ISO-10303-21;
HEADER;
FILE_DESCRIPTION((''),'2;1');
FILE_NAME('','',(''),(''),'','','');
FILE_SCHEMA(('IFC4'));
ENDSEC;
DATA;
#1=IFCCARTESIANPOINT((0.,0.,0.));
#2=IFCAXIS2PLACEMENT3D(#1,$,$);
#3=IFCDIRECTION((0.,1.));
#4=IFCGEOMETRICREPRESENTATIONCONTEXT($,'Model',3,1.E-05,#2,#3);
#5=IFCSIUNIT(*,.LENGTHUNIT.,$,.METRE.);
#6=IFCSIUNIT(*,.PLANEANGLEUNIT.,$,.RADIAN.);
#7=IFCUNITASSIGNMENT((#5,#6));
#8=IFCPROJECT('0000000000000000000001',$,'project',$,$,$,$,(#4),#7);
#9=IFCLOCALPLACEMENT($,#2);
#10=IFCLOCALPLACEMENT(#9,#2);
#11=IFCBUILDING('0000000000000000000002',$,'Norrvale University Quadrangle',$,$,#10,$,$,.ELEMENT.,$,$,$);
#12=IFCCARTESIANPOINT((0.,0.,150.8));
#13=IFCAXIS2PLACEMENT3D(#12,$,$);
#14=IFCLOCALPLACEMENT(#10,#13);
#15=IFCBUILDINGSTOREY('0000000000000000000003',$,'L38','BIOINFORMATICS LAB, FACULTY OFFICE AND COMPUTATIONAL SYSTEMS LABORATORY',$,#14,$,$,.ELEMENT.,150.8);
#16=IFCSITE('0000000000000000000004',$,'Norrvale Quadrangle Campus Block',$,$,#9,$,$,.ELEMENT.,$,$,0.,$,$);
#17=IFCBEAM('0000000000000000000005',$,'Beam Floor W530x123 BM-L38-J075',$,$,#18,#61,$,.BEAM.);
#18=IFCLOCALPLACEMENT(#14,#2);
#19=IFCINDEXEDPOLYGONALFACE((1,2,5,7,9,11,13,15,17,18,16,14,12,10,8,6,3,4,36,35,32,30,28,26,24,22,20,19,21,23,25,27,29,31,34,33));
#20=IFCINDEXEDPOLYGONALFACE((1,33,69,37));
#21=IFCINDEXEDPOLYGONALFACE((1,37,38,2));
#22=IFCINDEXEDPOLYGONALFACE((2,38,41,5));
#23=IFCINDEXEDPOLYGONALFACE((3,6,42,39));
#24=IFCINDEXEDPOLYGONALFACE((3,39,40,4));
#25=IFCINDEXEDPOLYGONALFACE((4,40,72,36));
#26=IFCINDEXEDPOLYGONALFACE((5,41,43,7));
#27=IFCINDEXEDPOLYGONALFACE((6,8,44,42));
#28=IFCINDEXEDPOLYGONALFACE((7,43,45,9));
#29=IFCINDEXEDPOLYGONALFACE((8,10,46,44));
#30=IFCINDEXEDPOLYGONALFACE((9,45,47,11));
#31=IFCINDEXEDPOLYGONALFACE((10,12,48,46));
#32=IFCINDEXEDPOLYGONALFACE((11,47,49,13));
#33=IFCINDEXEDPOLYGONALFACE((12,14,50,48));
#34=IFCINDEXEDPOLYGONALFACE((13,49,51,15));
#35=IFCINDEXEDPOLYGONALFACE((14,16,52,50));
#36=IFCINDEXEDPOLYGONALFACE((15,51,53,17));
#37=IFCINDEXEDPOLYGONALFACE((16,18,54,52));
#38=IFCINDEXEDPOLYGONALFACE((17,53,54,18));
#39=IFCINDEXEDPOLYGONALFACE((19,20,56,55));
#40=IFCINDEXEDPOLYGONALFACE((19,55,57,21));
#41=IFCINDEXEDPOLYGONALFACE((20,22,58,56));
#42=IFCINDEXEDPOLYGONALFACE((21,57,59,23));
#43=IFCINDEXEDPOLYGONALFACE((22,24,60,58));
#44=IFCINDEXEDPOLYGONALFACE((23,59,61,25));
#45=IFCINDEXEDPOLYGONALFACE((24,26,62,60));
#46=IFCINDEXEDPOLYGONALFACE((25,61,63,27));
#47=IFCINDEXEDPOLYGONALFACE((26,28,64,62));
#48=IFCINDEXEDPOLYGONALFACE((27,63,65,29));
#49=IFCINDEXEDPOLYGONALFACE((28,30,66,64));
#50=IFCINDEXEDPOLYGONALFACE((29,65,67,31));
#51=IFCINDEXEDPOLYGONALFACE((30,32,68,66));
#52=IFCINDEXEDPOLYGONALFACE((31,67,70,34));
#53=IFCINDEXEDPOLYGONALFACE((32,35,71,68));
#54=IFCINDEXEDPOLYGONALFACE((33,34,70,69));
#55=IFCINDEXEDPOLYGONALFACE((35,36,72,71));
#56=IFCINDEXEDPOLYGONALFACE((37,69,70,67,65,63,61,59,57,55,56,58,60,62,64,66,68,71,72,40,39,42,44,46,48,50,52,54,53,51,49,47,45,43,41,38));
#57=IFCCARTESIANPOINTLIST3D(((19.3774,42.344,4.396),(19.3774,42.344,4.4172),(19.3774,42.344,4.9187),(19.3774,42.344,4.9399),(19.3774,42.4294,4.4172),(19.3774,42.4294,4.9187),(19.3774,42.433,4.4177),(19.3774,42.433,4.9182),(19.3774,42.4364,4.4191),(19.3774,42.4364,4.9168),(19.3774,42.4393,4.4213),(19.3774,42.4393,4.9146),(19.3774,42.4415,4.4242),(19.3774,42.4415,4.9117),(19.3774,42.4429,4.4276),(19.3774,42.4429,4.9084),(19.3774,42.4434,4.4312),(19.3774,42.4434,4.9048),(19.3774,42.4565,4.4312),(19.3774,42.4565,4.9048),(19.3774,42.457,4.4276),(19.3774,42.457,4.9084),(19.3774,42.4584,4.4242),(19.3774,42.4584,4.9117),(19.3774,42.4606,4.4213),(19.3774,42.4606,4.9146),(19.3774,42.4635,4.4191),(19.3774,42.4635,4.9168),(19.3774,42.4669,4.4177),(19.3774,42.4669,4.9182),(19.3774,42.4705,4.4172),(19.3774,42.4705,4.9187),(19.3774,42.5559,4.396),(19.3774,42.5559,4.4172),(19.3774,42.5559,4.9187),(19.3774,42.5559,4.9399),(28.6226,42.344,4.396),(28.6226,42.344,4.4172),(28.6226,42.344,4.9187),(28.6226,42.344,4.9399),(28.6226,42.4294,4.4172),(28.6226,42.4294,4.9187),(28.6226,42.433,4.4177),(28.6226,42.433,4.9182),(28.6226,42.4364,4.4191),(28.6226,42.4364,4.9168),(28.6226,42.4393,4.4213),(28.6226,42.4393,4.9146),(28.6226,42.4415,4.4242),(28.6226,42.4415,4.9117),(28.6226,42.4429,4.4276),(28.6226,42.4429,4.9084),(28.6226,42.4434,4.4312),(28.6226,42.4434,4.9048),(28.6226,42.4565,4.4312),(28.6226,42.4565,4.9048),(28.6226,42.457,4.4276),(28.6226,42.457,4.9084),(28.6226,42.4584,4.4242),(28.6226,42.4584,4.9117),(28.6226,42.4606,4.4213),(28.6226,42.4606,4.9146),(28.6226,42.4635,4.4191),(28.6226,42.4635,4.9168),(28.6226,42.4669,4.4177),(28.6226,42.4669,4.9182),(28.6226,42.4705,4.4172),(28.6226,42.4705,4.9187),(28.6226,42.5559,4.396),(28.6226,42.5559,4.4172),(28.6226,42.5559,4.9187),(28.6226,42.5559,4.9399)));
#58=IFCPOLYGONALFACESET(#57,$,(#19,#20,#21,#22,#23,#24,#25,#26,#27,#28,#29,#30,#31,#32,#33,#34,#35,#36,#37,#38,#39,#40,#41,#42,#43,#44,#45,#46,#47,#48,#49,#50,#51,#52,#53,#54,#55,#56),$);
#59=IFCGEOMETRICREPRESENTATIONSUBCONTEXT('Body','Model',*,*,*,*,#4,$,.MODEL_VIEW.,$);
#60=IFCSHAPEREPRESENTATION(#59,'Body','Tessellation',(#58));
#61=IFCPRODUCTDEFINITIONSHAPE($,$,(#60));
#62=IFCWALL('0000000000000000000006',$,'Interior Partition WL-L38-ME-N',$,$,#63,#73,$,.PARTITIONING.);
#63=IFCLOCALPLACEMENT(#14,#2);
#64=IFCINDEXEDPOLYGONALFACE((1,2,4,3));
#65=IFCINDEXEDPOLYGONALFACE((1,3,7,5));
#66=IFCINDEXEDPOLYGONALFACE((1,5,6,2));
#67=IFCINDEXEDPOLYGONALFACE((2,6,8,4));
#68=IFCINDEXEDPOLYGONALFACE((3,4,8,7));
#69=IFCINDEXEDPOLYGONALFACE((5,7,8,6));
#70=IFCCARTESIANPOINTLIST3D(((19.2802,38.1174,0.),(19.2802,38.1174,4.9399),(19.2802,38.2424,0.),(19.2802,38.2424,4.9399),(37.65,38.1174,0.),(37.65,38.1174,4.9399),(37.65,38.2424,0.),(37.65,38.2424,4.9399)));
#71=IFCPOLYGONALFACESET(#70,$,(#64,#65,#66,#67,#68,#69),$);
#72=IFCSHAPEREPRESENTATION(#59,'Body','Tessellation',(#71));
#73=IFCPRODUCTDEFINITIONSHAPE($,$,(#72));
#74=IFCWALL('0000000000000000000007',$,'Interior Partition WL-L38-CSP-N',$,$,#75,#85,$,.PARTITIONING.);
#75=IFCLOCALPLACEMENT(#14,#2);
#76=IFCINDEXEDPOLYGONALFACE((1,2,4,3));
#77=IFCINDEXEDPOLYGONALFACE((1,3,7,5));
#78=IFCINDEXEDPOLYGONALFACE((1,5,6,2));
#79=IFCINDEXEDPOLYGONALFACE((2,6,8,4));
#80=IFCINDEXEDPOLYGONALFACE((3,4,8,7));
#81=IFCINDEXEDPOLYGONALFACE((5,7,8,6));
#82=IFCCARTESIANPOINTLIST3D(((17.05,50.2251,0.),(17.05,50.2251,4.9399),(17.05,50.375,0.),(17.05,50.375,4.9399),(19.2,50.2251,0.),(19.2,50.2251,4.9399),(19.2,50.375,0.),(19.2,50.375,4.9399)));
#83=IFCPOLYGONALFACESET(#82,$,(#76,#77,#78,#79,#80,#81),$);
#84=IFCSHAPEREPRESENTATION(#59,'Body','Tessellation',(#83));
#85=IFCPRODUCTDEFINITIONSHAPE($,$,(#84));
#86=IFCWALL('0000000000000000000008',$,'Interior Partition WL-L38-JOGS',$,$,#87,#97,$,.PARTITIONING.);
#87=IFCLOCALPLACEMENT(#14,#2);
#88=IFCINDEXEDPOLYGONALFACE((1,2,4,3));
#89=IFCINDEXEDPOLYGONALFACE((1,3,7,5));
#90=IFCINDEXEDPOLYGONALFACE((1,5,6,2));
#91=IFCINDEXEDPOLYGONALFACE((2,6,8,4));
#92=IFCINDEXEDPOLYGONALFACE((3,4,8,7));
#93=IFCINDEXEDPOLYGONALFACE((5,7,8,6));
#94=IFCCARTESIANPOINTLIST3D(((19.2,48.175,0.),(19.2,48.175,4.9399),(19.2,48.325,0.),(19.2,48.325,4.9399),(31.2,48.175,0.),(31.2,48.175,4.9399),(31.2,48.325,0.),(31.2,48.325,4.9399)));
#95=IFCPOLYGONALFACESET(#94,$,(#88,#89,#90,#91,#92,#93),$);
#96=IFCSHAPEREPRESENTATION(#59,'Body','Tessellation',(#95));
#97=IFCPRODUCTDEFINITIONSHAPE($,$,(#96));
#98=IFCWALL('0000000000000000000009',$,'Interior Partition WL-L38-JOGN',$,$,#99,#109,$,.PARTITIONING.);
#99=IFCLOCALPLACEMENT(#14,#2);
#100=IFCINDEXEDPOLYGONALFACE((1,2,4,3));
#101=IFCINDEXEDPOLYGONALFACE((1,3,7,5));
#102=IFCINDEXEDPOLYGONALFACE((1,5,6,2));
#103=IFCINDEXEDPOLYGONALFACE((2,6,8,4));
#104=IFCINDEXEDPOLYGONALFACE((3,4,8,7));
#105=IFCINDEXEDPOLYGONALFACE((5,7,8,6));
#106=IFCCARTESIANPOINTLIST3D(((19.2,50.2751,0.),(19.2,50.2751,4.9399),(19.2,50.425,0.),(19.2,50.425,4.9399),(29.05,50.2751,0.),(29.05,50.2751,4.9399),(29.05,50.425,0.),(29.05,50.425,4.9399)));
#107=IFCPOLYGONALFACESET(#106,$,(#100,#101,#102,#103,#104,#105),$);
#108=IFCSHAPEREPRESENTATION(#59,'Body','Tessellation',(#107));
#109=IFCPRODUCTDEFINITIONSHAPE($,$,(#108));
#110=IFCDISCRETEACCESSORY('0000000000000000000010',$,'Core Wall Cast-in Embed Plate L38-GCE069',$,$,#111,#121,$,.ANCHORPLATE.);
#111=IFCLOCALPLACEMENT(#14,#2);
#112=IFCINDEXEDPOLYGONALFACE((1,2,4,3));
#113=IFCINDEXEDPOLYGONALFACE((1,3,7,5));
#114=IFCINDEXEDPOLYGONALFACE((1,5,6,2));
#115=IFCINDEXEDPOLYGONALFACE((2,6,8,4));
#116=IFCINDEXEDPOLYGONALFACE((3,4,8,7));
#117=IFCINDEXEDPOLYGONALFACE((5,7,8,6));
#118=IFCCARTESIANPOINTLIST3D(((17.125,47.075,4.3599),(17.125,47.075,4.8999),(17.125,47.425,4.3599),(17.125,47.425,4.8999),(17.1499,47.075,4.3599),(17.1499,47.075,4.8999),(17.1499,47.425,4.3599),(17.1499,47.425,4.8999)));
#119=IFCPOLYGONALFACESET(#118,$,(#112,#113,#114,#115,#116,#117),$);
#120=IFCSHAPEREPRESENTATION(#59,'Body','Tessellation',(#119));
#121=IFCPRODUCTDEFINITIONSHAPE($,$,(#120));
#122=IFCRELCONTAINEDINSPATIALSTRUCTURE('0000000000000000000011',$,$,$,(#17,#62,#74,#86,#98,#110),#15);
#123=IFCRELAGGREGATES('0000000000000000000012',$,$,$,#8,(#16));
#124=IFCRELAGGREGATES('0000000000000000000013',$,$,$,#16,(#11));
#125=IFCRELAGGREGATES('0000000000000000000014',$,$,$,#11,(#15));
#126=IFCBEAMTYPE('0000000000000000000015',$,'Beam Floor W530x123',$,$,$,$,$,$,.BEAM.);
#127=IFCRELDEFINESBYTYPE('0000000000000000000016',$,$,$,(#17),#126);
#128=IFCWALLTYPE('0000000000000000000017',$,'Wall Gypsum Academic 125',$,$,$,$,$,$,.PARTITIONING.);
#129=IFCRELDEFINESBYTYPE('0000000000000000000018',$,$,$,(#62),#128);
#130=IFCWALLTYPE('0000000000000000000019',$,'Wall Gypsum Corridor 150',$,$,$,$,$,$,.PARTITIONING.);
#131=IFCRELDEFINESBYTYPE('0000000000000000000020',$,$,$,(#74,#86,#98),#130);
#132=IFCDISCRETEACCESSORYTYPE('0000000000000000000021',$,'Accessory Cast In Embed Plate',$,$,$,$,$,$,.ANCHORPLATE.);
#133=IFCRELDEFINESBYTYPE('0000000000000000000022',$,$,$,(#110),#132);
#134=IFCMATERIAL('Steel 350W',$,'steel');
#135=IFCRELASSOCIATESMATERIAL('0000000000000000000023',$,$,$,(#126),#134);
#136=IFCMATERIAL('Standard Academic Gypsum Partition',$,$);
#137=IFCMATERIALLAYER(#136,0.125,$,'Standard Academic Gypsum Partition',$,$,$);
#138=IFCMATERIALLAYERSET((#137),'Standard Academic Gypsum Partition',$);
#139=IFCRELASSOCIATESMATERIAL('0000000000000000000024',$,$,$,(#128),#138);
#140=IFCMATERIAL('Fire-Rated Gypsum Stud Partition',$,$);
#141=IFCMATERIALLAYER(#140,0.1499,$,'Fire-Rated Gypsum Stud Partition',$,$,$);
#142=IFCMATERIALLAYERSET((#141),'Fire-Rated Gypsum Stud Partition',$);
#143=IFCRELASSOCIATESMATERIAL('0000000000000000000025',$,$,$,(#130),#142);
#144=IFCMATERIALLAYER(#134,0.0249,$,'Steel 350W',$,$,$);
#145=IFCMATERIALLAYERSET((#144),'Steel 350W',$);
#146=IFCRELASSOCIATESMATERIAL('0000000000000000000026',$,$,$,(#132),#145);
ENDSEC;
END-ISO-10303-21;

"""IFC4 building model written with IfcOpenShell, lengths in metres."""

from ifc_helpers import new_model, si_unit, direction, frame, frame_2d, origin, origin_2d, place, context, subcontext, project, spatial, rectangle, i_section, extrude, material, layer, layer_set, material_profile, profile_set, type_object, element, save


model = new_model("IFC4")

# Units and contexts
model_context = context("Model", 3, precision=1e-05, world=origin(), true_north=direction((0.0, 1.0)))
body_context = subcontext(model_context, "Body", "Model", "MODEL_VIEW")
ifc_project = project(units=[si_unit("LENGTHUNIT", "METRE"), si_unit("PLANEANGLEUNIT", "RADIAN")], contexts=[model_context])

# Site, building, storey
site_placement = place(None, origin())
site = spatial("IfcSite", under=ifc_project, at=site_placement, Name="Norrvale Quadrangle Campus Block", CompositionType="ELEMENT", RefElevation=0.0)
building_placement = place(site_placement, origin())
building = spatial("IfcBuilding", under=site, at=building_placement, Name="Norrvale University Quadrangle", CompositionType="ELEMENT")
storey_placement = place(building_placement, frame((0.0, 0.0, 150.8)))
storey = spatial("IfcBuildingStorey", under=building, at=storey_placement, Name="L38", Description="BIOINFORMATICS LAB, FACULTY OFFICE AND COMPUTATIONAL SYSTEMS LABORATORY", CompositionType="ELEMENT", Elevation=150.8)

# Beam
ifc_material_1 = material(Name="Steel 350W", Category="steel")
ifc_material_profile_1 = material_profile(ifc_material_1, i_section(OverallWidth=0.2119, OverallDepth=0.5439, WebThickness=0.0132, FlangeThickness=0.0212, FilletRadius=0.0139, at=origin_2d()), Name="Steel 350W")
ifc_profile_set_1 = profile_set([ifc_material_profile_1], Name="Steel 350W")
beam_type_1 = type_object("IfcBeamType", Name="Beam Floor W530x123", PredefinedType="BEAM", material=ifc_profile_set_1)
beam_1_placement = place(storey_placement, frame((19.3774, 42.45, 4.668), z_axis=(1.0, 0.0, 0.0), x_axis=(0.0, 1.0, 0.0)))
element("IfcBeam", 1, at=beam_1_placement, inside=storey, type_object=beam_type_1, Name="Beam Floor W530x123 BM-L38-J075", PredefinedType="BEAM", context=body_context, shape_type="SweptSolid", body=[
    extrude(i_section(OverallWidth=0.2119, OverallDepth=0.5439, WebThickness=0.0132, FlangeThickness=0.0212, FilletRadius=0.0139, at=origin_2d()), origin(), (0.0, 0.0, 1.0), 9.2451),
])

# Walls
ifc_material_2 = material(Name="Standard Academic Gypsum Partition")
ifc_layer_1 = layer(ifc_material_2, 0.125, Name="Standard Academic Gypsum Partition")
ifc_layer_set_1 = layer_set([ifc_layer_1], Name="Standard Academic Gypsum Partition")
wall_type_1 = type_object("IfcWallType", Name="Wall Gypsum Academic 125", PredefinedType="PARTITIONING", material=ifc_layer_set_1)
wall_1_placement = place(storey_placement, frame((19.28, 38.1799, 0.0), z_axis=(0.0, 0.0, 1.0), x_axis=(1.0, 0.0, 0.0)))
element("IfcWall", 2, at=wall_1_placement, inside=storey, type_object=wall_type_1, Name="Interior Partition WL-L38-ME-N", PredefinedType="PARTITIONING", context=body_context, shape_type="SweptSolid", body=[
    extrude(rectangle(XDim=18.3699, YDim=0.125, at=frame_2d((9.1851, 0.0))), origin(), (0.0, 0.0, 1.0), 4.9399),
])
ifc_material_3 = material(Name="Fire-Rated Gypsum Stud Partition")
ifc_layer_2 = layer(ifc_material_3, 0.1499, Name="Fire-Rated Gypsum Stud Partition")
ifc_layer_set_2 = layer_set([ifc_layer_2], Name="Fire-Rated Gypsum Stud Partition")
wall_type_2 = type_object("IfcWallType", Name="Wall Gypsum Corridor 150", PredefinedType="PARTITIONING", material=ifc_layer_set_2)
wall_2_placement = place(storey_placement, frame((17.05, 50.3, 0.0), z_axis=(0.0, 0.0, 1.0), x_axis=(1.0, 0.0, 0.0)))
element("IfcWall", 3, at=wall_2_placement, inside=storey, type_object=wall_type_2, Name="Interior Partition WL-L38-CSP-N", PredefinedType="PARTITIONING", context=body_context, shape_type="SweptSolid", body=[
    extrude(rectangle(XDim=2.1499, YDim=0.1499, at=frame_2d((1.075, 0.0))), origin(), (0.0, 0.0, 1.0), 4.9399),
])
wall_3_placement = place(storey_placement, frame((19.2, 48.25, 0.0), z_axis=(0.0, 0.0, 1.0), x_axis=(1.0, 0.0, 0.0)))
element("IfcWall", 4, at=wall_3_placement, inside=storey, type_object=wall_type_2, Name="Interior Partition WL-L38-JOGS", PredefinedType="PARTITIONING", context=body_context, shape_type="SweptSolid", body=[
    extrude(rectangle(XDim=12.0, YDim=0.1499, at=frame_2d((6.0, 0.0))), origin(), (0.0, 0.0, 1.0), 4.9399),
])
wall_4_placement = place(storey_placement, frame((19.2, 50.3501, 0.0), z_axis=(0.0, 0.0, 1.0), x_axis=(1.0, 0.0, 0.0)))
element("IfcWall", 5, at=wall_4_placement, inside=storey, type_object=wall_type_2, Name="Interior Partition WL-L38-JOGN", PredefinedType="PARTITIONING", context=body_context, shape_type="SweptSolid", body=[
    extrude(rectangle(XDim=9.8501, YDim=0.1499, at=frame_2d((4.925, 0.0))), origin(), (0.0, 0.0, 1.0), 4.9399),
])

# Discrete accessory
ifc_layer_3 = layer(ifc_material_1, 0.0249, Name="Steel 350W")
ifc_layer_set_3 = layer_set([ifc_layer_3], Name="Steel 350W")
discrete_accessory_type = type_object("IfcDiscreteAccessoryType", Name="Accessory Cast In Embed Plate", PredefinedType="ANCHORPLATE", material=ifc_layer_set_3)
discrete_accessory_placement = place(storey_placement, frame((17.1375, 47.25, 4.3599), z_axis=(0.0, 0.0, 1.0), x_axis=(1.0, 0.0, 0.0)))
element("IfcDiscreteAccessory", 6, at=discrete_accessory_placement, inside=storey, type_object=discrete_accessory_type, Name="Core Wall Cast-in Embed Plate L38-GCE069", PredefinedType="ANCHORPLATE", context=body_context, shape_type="SweptSolid", body=[
    extrude(rectangle(XDim=0.0249, YDim=0.3501, at=origin_2d()), origin(), (0.0, 0.0, 1.0), 0.54),
])

save(model, "model.ifc")
